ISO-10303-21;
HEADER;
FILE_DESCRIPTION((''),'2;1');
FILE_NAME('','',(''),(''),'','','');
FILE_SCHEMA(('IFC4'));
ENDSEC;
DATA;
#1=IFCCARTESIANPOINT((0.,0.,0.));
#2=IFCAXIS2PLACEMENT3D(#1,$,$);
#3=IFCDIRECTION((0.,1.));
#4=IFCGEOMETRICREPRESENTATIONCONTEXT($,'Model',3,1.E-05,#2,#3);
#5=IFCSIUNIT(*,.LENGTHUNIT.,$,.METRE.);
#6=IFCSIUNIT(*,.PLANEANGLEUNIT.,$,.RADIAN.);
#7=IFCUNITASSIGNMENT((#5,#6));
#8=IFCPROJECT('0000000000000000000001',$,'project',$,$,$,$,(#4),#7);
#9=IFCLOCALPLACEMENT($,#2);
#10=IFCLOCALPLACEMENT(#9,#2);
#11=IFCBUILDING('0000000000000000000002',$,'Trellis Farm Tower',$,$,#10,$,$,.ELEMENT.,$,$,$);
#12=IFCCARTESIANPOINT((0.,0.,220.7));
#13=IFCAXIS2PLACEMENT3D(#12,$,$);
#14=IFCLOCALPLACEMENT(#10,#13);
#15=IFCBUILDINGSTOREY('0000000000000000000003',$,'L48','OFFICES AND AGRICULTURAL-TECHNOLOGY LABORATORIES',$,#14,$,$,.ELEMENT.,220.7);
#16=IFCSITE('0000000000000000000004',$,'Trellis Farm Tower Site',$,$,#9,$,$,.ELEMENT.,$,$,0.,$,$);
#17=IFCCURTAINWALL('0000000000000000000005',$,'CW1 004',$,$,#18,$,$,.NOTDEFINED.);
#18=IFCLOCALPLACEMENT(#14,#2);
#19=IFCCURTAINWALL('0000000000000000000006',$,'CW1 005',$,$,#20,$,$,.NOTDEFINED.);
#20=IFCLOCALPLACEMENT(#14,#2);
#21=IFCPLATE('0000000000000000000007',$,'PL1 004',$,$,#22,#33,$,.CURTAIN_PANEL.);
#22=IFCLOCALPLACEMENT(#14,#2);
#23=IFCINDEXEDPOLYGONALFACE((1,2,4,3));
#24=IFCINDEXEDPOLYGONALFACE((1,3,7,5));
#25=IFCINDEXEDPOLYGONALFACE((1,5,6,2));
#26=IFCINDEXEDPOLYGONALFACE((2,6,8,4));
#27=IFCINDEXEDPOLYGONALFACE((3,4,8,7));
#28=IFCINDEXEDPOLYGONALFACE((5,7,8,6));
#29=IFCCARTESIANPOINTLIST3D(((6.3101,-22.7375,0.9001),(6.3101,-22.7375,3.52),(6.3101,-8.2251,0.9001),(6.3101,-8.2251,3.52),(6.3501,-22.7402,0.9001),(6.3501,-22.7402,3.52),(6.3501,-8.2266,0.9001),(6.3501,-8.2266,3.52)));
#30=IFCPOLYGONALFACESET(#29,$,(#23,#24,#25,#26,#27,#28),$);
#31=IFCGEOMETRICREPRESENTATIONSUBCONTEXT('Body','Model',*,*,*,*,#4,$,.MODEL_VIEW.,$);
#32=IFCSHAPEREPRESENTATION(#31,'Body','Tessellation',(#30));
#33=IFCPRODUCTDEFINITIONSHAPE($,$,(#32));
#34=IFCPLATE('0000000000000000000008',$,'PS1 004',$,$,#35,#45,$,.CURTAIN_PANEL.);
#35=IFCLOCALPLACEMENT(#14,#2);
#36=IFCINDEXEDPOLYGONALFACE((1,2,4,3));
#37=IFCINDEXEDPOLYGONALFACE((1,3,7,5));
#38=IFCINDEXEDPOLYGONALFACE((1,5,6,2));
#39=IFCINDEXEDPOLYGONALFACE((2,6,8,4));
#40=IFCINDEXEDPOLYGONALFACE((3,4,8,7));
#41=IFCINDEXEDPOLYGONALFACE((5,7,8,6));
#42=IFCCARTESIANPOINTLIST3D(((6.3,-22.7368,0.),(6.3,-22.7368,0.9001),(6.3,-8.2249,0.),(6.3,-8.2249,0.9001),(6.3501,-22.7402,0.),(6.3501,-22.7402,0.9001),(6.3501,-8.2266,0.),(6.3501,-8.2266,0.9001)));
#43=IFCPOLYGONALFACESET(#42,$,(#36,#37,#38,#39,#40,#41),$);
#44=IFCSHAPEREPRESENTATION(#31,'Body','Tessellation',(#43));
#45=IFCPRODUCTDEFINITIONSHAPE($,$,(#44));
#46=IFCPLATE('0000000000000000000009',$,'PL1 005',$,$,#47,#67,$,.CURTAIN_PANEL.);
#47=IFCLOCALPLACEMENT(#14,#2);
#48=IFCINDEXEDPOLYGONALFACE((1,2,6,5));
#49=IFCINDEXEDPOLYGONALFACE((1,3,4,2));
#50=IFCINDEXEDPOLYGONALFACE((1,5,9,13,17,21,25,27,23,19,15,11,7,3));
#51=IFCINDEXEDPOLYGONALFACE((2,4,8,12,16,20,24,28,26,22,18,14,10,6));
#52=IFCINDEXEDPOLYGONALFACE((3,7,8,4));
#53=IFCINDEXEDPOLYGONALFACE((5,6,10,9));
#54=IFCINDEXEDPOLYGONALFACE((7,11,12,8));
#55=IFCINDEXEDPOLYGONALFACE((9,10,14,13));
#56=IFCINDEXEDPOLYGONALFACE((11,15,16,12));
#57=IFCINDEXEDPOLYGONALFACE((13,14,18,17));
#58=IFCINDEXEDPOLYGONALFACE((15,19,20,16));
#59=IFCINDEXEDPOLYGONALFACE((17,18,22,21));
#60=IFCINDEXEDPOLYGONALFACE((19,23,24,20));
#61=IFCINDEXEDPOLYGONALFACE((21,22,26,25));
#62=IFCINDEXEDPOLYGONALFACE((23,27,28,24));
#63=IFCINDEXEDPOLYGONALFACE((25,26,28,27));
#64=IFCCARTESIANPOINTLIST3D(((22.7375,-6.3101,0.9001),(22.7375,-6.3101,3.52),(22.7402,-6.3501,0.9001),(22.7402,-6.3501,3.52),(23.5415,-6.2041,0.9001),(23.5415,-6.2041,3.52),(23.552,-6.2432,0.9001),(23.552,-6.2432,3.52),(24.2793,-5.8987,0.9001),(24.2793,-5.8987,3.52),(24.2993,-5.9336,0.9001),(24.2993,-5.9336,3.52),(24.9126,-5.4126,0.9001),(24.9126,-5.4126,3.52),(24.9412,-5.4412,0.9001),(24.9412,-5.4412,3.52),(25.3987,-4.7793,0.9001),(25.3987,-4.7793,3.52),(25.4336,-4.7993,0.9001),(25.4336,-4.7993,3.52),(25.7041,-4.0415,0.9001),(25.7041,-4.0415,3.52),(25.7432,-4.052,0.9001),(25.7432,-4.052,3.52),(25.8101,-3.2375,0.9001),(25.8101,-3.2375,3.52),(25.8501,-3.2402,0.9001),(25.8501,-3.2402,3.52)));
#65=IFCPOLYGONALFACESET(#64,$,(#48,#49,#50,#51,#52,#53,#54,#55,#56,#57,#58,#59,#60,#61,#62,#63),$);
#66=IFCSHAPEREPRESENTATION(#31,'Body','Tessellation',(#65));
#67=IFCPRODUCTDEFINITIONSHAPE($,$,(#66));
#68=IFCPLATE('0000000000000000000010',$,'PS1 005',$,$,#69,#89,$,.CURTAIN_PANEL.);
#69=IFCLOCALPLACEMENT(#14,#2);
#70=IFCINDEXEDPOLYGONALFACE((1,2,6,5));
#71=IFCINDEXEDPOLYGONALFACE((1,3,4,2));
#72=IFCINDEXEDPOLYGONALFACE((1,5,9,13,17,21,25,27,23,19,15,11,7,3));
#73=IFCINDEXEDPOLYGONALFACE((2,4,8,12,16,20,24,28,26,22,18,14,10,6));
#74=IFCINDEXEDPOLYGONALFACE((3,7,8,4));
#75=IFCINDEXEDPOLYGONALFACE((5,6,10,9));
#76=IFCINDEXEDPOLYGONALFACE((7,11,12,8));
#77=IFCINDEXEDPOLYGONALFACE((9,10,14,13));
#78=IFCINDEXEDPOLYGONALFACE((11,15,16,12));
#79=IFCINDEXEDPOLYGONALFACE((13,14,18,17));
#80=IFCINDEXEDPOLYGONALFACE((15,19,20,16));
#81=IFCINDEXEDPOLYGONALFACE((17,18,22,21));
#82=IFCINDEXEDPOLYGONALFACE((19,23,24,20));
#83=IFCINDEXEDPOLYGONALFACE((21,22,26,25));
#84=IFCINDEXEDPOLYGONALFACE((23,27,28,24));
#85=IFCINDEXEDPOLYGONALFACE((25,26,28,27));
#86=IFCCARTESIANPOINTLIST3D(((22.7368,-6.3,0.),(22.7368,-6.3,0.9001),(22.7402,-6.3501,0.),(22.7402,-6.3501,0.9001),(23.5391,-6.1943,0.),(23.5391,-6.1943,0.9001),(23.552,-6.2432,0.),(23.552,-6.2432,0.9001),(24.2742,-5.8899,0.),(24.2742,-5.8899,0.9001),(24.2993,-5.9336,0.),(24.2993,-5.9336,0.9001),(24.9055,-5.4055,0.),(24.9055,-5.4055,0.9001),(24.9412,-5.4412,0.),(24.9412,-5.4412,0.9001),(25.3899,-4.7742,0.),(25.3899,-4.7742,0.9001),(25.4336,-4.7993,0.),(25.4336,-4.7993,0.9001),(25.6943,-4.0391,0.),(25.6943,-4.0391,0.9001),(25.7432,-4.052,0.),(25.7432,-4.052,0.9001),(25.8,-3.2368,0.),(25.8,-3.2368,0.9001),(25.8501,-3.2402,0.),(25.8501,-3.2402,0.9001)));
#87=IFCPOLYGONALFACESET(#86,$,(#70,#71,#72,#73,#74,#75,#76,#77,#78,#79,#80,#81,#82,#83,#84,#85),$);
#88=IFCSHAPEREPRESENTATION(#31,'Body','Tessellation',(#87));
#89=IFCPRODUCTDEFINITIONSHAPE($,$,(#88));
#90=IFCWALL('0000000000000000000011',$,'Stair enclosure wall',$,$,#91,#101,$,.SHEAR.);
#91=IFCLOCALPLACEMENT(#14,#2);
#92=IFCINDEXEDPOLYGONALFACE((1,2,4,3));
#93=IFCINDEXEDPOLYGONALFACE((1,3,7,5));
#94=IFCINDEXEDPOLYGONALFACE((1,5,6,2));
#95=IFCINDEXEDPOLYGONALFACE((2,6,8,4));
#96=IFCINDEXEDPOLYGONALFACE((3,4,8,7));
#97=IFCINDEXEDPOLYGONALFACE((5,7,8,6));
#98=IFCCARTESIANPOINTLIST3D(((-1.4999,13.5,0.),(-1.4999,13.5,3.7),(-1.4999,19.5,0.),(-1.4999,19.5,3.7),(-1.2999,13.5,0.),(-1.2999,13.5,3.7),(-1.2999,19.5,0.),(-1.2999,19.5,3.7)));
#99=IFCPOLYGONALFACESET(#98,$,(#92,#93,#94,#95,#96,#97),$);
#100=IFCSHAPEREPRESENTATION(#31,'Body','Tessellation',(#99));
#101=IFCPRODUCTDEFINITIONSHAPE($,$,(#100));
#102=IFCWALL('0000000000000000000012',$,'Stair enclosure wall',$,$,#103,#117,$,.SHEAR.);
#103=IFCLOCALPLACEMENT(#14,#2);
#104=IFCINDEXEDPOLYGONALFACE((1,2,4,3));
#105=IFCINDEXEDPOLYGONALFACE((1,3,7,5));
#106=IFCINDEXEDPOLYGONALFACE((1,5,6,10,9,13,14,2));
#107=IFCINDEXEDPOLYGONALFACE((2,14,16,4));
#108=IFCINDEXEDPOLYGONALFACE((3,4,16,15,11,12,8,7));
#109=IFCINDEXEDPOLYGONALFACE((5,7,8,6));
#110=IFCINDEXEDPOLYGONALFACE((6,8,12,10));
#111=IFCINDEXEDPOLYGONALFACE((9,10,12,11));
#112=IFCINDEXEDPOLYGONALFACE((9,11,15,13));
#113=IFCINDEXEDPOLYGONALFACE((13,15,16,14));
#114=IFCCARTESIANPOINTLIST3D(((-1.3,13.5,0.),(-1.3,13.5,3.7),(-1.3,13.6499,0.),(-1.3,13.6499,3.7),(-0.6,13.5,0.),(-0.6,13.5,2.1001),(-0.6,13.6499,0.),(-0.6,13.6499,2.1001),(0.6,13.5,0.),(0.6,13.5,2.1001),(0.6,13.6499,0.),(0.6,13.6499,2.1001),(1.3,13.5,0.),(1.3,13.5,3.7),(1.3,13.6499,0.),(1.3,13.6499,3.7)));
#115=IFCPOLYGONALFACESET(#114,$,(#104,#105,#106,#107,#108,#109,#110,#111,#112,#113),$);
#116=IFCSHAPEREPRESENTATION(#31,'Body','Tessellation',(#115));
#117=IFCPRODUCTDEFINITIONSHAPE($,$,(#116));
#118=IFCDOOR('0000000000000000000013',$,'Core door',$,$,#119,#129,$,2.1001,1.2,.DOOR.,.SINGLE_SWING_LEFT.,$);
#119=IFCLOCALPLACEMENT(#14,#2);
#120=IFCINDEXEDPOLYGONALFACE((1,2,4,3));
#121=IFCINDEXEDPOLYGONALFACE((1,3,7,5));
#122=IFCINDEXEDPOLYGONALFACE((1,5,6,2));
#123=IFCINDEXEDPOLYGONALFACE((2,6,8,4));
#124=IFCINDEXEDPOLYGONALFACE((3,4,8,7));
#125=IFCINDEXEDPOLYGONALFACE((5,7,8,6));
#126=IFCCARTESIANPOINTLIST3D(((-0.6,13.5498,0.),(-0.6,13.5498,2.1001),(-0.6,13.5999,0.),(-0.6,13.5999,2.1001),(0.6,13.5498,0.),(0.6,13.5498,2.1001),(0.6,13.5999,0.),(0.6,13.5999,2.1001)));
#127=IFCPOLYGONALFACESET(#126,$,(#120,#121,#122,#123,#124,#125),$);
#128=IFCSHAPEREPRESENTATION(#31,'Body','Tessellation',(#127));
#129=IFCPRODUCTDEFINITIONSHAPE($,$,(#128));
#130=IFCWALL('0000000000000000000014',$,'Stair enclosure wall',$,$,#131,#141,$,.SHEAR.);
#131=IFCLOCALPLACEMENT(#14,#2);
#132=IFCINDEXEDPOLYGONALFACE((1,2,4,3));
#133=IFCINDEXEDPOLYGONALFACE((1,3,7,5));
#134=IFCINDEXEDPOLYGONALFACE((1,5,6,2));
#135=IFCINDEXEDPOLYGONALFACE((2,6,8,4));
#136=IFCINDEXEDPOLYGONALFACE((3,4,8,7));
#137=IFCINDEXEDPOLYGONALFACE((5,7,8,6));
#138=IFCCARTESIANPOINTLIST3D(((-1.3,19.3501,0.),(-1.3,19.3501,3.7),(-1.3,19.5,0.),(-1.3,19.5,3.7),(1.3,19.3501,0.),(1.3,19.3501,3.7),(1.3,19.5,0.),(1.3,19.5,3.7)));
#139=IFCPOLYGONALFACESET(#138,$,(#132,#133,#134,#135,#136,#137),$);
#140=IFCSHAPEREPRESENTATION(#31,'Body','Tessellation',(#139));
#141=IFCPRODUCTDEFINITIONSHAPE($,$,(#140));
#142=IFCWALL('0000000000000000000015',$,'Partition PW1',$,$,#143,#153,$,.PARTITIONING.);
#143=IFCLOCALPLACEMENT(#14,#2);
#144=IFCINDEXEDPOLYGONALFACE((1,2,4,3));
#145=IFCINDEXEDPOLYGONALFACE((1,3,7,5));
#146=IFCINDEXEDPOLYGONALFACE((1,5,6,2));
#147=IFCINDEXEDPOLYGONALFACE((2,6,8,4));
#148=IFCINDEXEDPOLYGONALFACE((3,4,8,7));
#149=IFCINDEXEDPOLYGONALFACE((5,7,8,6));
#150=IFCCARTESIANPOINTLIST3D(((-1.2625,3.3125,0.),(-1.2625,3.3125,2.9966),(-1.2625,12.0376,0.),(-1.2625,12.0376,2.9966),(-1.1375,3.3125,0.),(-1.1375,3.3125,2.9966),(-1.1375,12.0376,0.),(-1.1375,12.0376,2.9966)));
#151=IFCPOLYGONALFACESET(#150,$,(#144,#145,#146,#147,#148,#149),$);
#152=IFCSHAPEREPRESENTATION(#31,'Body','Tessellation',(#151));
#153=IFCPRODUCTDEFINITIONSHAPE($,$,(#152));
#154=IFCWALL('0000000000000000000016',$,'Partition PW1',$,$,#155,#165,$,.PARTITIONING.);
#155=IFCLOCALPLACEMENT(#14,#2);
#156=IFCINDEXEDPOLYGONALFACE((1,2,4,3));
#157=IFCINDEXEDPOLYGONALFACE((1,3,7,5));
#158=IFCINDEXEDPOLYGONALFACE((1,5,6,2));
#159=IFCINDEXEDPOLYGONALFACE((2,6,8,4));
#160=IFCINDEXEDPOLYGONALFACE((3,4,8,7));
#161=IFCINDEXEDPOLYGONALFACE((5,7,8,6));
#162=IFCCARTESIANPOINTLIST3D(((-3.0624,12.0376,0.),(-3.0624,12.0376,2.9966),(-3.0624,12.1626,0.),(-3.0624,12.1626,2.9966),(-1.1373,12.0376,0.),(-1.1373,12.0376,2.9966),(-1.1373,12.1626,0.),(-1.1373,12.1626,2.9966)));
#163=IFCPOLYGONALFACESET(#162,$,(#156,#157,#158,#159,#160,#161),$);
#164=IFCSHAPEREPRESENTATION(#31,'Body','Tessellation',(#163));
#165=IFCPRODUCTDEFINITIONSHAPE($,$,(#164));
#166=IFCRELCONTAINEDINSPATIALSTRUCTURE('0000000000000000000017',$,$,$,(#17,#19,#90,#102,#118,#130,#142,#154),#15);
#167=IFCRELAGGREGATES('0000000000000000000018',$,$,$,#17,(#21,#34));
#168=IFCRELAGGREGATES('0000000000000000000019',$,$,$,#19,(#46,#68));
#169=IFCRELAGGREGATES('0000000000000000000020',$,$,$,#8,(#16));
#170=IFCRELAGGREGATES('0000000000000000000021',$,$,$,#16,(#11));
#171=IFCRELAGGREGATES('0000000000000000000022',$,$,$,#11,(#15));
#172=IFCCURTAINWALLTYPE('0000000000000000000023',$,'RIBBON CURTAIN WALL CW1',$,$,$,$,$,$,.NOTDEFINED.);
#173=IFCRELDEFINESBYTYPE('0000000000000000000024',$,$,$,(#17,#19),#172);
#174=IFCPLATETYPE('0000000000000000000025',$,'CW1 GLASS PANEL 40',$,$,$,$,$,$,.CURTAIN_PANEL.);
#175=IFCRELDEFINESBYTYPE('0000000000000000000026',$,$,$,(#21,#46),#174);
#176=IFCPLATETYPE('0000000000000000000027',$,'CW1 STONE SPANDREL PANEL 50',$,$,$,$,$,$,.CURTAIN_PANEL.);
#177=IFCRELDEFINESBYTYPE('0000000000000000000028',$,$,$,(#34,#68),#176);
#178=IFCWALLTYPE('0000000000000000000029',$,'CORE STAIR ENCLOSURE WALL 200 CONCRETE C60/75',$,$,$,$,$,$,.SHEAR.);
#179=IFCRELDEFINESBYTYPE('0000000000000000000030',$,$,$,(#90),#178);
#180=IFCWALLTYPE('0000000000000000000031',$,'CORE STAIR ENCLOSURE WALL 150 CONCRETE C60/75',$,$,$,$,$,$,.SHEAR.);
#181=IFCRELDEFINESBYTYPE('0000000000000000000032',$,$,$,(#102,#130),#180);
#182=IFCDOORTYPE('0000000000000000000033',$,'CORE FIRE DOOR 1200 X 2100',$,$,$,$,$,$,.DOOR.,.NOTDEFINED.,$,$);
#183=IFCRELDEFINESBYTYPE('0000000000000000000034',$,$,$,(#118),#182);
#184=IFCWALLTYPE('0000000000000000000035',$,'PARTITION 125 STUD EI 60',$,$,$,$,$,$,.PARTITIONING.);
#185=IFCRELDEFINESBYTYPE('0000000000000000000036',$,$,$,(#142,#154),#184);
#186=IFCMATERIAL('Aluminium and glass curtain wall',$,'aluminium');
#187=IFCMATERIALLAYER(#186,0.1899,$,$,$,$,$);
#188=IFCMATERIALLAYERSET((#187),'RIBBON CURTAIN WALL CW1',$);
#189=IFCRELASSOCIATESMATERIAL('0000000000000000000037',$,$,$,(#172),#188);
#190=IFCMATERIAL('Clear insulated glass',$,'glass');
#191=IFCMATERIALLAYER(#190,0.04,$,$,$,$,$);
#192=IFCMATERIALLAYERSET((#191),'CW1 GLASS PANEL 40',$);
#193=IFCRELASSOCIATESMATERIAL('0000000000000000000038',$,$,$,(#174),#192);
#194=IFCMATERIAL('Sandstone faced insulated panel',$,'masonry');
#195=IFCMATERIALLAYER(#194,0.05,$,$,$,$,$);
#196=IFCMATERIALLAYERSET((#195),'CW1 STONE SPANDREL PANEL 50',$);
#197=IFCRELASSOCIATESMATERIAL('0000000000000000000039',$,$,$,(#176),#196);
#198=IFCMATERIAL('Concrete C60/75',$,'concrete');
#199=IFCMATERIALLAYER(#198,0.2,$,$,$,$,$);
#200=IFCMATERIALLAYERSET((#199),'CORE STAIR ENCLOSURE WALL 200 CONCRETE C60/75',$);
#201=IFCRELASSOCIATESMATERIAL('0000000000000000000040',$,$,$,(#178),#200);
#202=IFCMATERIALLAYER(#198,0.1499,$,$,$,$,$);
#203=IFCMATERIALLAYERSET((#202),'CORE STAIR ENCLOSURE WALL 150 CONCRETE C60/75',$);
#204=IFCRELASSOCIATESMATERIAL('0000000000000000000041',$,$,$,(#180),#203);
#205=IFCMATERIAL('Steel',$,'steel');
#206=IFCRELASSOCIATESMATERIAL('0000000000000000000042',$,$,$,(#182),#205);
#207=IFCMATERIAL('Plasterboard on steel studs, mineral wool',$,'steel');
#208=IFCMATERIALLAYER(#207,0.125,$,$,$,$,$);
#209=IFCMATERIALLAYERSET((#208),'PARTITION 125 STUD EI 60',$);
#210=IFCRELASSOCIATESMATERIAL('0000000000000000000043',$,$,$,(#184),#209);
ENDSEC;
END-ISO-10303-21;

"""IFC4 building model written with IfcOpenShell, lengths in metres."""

from ifc_helpers import new_model, si_unit, direction, frame, frame_2d, origin, place, context, subcontext, project, spatial, polyline, rectangle, outline, extrude, source, transform, mapped, material, layer, layer_set, type_object, element, fill, aggregate, save


model = new_model("IFC4")

# Units and contexts
model_context = context("Model", 3, precision=1e-05, world=origin(), true_north=direction((0.0, 1.0)))
body_context = subcontext(model_context, "Body", "Model", "MODEL_VIEW")
ifc_project = project(units=[si_unit("LENGTHUNIT", "METRE"), si_unit("PLANEANGLEUNIT", "RADIAN")], contexts=[model_context])

# Site, building, storey
site_placement = place(None, origin())
site = spatial("IfcSite", under=ifc_project, at=site_placement, Name="Trellis Farm Tower Site", CompositionType="ELEMENT", RefElevation=0.0)
building_placement = place(site_placement, origin())
building = spatial("IfcBuilding", under=site, at=building_placement, Name="Trellis Farm Tower", CompositionType="ELEMENT")
storey_placement = place(building_placement, frame((0.0, 0.0, 220.7)))
storey = spatial("IfcBuildingStorey", under=building, at=storey_placement, Name="L48", Description="OFFICES AND AGRICULTURAL-TECHNOLOGY LABORATORIES", CompositionType="ELEMENT", Elevation=220.7)

# Curtain walls
ifc_material_1 = material(Name="Aluminium and glass curtain wall", Category="aluminium")
placement_1 = place(storey_placement, origin())
ifc_layer_1 = layer(ifc_material_1, 0.1899)
ifc_layer_set_1 = layer_set([ifc_layer_1], Name="RIBBON CURTAIN WALL CW1")
curtain_wall_type_1 = type_object("IfcCurtainWallType", Name="RIBBON CURTAIN WALL CW1", PredefinedType="NOTDEFINED", material=ifc_layer_set_1)
curtain_wall_1 = element("IfcCurtainWall", 1, at=placement_1, inside=storey, type_object=curtain_wall_type_1, Name="CW1 004", PredefinedType="NOTDEFINED")
curtain_wall_2 = element("IfcCurtainWall", 2, at=placement_1, inside=storey, type_object=curtain_wall_type_1, Name="CW1 005", PredefinedType="NOTDEFINED")

# Shared definitions
ifc_material_2 = material(Name="Clear insulated glass", Category="glass")
ifc_layer_2 = layer(ifc_material_2, 0.04)
ifc_layer_set_2 = layer_set([ifc_layer_2], Name="CW1 GLASS PANEL 40")
plate_type_1 = type_object("IfcPlateType", Name="CW1 GLASS PANEL 40", PredefinedType="CURTAIN_PANEL", material=ifc_layer_set_2)
placement_2 = place(storey_placement, frame((0.0, 0.0, 0.9001)))
ifc_material_3 = material(Name="Sandstone faced insulated panel", Category="masonry")
ifc_layer_3 = layer(ifc_material_3, 0.05)
ifc_layer_set_3 = layer_set([ifc_layer_3], Name="CW1 STONE SPANDREL PANEL 50")
plate_type_2 = type_object("IfcPlateType", Name="CW1 STONE SPANDREL PANEL 50", PredefinedType="CURTAIN_PANEL", material=ifc_layer_set_3)

# Plates
shared_shape_1 = source(origin(), body_context, "Body", "SweptSolid", [
    extrude(outline(polyline([(6.3501, -22.7402), (6.3501, -8.2266), (6.3101, -8.2251), (6.3101, -22.7375), (6.3501, -22.7402)])), origin(), (0.0, 0.0, 1.0), 2.6199),
])
plate_1 = element("IfcPlate", 3, at=placement_2, type_object=plate_type_1, Name="PL1 004", PredefinedType="CURTAIN_PANEL", context=body_context, shape_type="MappedRepresentation", body=[
    mapped(shared_shape_1, transform((0.0, 0.0, 0.0))),
])
shared_shape_2 = source(origin(), body_context, "Body", "SweptSolid", [
    extrude(outline(polyline([(6.3501, -22.7402), (6.3501, -8.2266), (6.3, -8.2249), (6.3, -22.7368), (6.3501, -22.7402)])), origin(), (0.0, 0.0, 1.0), 0.9001),
])
plate_2 = element("IfcPlate", 4, at=placement_1, type_object=plate_type_2, Name="PS1 004", PredefinedType="CURTAIN_PANEL", context=body_context, shape_type="MappedRepresentation", body=[
    mapped(shared_shape_2, transform((0.0, 0.0, 0.0))),
])
aggregate(curtain_wall_1, [plate_1, plate_2])
shared_shape_3 = source(origin(), body_context, "Body", "SweptSolid", [
    extrude(outline(polyline([(22.7402, -6.3501), (23.552, -6.2432), (24.2993, -5.9336), (24.9412, -5.4412), (25.4336, -4.7993), (25.7432, -4.052), (25.8501, -3.2402), (25.8101, -3.2375), (25.7041, -4.0415), (25.3987, -4.7793), (24.9126, -5.4126), (24.2793, -5.8987), (23.5415, -6.2041), (22.7375, -6.3101), (22.7402, -6.3501)])), origin(), (0.0, 0.0, 1.0), 2.6199),
])
plate_3 = element("IfcPlate", 5, at=placement_2, type_object=plate_type_1, Name="PL1 005", PredefinedType="CURTAIN_PANEL", context=body_context, shape_type="MappedRepresentation", body=[
    mapped(shared_shape_3, transform((0.0, 0.0, 0.0))),
])
shared_shape_4 = source(origin(), body_context, "Body", "SweptSolid", [
    extrude(outline(polyline([(22.7402, -6.3501), (23.552, -6.2432), (24.2993, -5.9336), (24.9412, -5.4412), (25.4336, -4.7993), (25.7432, -4.052), (25.8501, -3.2402), (25.8, -3.2368), (25.6943, -4.0391), (25.3899, -4.7742), (24.9055, -5.4055), (24.2742, -5.8899), (23.5391, -6.1943), (22.7368, -6.3), (22.7402, -6.3501)])), origin(), (0.0, 0.0, 1.0), 0.9001),
])
plate_4 = element("IfcPlate", 6, at=placement_1, type_object=plate_type_2, Name="PS1 005", PredefinedType="CURTAIN_PANEL", context=body_context, shape_type="MappedRepresentation", body=[
    mapped(shared_shape_4, transform((0.0, 0.0, 0.0))),
])
aggregate(curtain_wall_2, [plate_3, plate_4])

# Wall
ifc_material_4 = material(Name="Concrete C60/75", Category="concrete")
ifc_layer_4 = layer(ifc_material_4, 0.2)
ifc_layer_set_4 = layer_set([ifc_layer_4], Name="CORE STAIR ENCLOSURE WALL 200 CONCRETE C60/75")
wall_type_1 = type_object("IfcWallType", Name="CORE STAIR ENCLOSURE WALL 200 CONCRETE C60/75", PredefinedType="SHEAR", material=ifc_layer_set_4)
shared_shape_5 = source(origin(), body_context, "Body", "SweptSolid", [
    extrude(rectangle(XDim=6.0, YDim=0.2, at=frame_2d((3.0, 0.0))), origin(), (0.0, 0.0, 1.0), 3.7),
])
wall_1_placement = place(storey_placement, frame((-1.3999, 13.5, 0.0), z_axis=(0.0, 0.0, 1.0), x_axis=(0.0, 1.0, 0.0)))
element("IfcWall", 7, at=wall_1_placement, inside=storey, type_object=wall_type_1, Name="Stair enclosure wall", PredefinedType="SHEAR", context=body_context, shape_type="MappedRepresentation", body=[
    mapped(shared_shape_5, transform((0.0, 0.0, 0.0))),
])

# Wall, opening, door
ifc_layer_5 = layer(ifc_material_4, 0.1499)
ifc_layer_set_5 = layer_set([ifc_layer_5], Name="CORE STAIR ENCLOSURE WALL 150 CONCRETE C60/75")
wall_type_2 = type_object("IfcWallType", Name="CORE STAIR ENCLOSURE WALL 150 CONCRETE C60/75", PredefinedType="SHEAR", material=ifc_layer_set_5)
shared_shape_6 = source(origin(), body_context, "Body", "SweptSolid", [
    extrude(rectangle(XDim=2.6001, YDim=0.1499, at=frame_2d((1.3, 0.0))), origin(), (0.0, 0.0, 1.0), 3.7),
])
wall_2_placement = place(storey_placement, frame((-1.3, 13.575, 0.0), z_axis=(0.0, 0.0, 1.0), x_axis=(1.0, 0.0, 0.0)))
wall_2 = element("IfcWall", 8, at=wall_2_placement, inside=storey, type_object=wall_type_2, Name="Stair enclosure wall", PredefinedType="SHEAR", context=body_context, shape_type="MappedRepresentation", body=[
    mapped(shared_shape_6, transform((0.0, 0.0, 0.0))),
])
shared_shape_7 = source(origin(), body_context, "Body", "SweptSolid", [
    extrude(rectangle(XDim=1.2, YDim=2.1001, at=frame_2d((0.6001, 1.05))), frame((0.0, 0.085, 0.0), z_axis=(0.0, -1.0, 0.0), x_axis=(1.0, 0.0, 0.0)), (0.0, 0.0, 1.0), 0.1699),
])
opening_1_placement = place(wall_2_placement, frame((0.7, 0.0, 0.0)))
opening_1 = element("IfcOpeningElement", 9, at=opening_1_placement, cuts=wall_2, PredefinedType="OPENING", context=body_context, shape_type="MappedRepresentation", body=[
    mapped(shared_shape_7, transform((0.0, 0.0, 0.0))),
])
ifc_material_5 = material(Name="Steel", Category="steel")
door_type_1 = type_object("IfcDoorType", Name="CORE FIRE DOOR 1200 X 2100", OperationType="NOTDEFINED", PredefinedType="DOOR", material=ifc_material_5)
shared_shape_8 = source(origin(), body_context, "Body", "SweptSolid", [
    extrude(rectangle(XDim=1.2, YDim=2.1001, at=frame_2d((0.6001, 1.05))), frame((0.0, 0.0249, 0.0), z_axis=(0.0, -1.0, 0.0), x_axis=(1.0, 0.0, 0.0)), (0.0, 0.0, 1.0), 0.05),
])
door_1_placement = place(opening_1_placement, origin())
door_1 = element("IfcDoor", 10, at=door_1_placement, inside=storey, type_object=door_type_1, Name="Core door", OperationType="SINGLE_SWING_LEFT", OverallHeight=2.1001, OverallWidth=1.2, PredefinedType="DOOR", context=body_context, shape_type="MappedRepresentation", body=[
    mapped(shared_shape_8, transform((0.0, 0.0, 0.0))),
])
fill(opening_1, door_1)

# Walls
wall_3_placement = place(storey_placement, frame((-1.3, 19.425, 0.0), z_axis=(0.0, 0.0, 1.0), x_axis=(1.0, 0.0, 0.0)))
element("IfcWall", 11, at=wall_3_placement, inside=storey, type_object=wall_type_2, Name="Stair enclosure wall", PredefinedType="SHEAR", context=body_context, shape_type="MappedRepresentation", body=[
    mapped(shared_shape_6, transform((0.0, 0.0, 0.0))),
])
ifc_material_6 = material(Name="Plasterboard on steel studs, mineral wool", Category="steel")
ifc_layer_6 = layer(ifc_material_6, 0.125)
ifc_layer_set_6 = layer_set([ifc_layer_6], Name="PARTITION 125 STUD EI 60")
wall_type_3 = type_object("IfcWallType", Name="PARTITION 125 STUD EI 60", PredefinedType="PARTITIONING", material=ifc_layer_set_6)
shared_shape_9 = source(origin(), body_context, "Body", "SweptSolid", [
    extrude(rectangle(XDim=8.7251, YDim=0.125, at=frame_2d((4.3625, 0.0))), origin(), (0.0, 0.0, 1.0), 2.9966),
])
wall_4_placement = place(storey_placement, frame((-1.2, 12.0376, 0.0), z_axis=(0.0, 0.0, 1.0), x_axis=(0.0, -1.0, 0.0)))
element("IfcWall", 12, at=wall_4_placement, inside=storey, type_object=wall_type_3, Name="Partition PW1", PredefinedType="PARTITIONING", context=body_context, shape_type="MappedRepresentation", body=[
    mapped(shared_shape_9, transform((0.0, 0.0, 0.0))),
])
shared_shape_10 = source(origin(), body_context, "Body", "SweptSolid", [
    extrude(rectangle(XDim=1.925, YDim=0.125, at=frame_2d((0.9624, 0.0))), origin(), (0.0, 0.0, 1.0), 2.9966),
])
wall_5_placement = place(storey_placement, frame((-1.1375, 12.1001, 0.0), z_axis=(0.0, 0.0, 1.0), x_axis=(-1.0, 0.0, 0.0)))
element("IfcWall", 13, at=wall_5_placement, inside=storey, type_object=wall_type_3, Name="Partition PW1", PredefinedType="PARTITIONING", context=body_context, shape_type="MappedRepresentation", body=[
    mapped(shared_shape_10, transform((0.0, 0.0, 0.0))),
])

save(model, "model.ifc")
